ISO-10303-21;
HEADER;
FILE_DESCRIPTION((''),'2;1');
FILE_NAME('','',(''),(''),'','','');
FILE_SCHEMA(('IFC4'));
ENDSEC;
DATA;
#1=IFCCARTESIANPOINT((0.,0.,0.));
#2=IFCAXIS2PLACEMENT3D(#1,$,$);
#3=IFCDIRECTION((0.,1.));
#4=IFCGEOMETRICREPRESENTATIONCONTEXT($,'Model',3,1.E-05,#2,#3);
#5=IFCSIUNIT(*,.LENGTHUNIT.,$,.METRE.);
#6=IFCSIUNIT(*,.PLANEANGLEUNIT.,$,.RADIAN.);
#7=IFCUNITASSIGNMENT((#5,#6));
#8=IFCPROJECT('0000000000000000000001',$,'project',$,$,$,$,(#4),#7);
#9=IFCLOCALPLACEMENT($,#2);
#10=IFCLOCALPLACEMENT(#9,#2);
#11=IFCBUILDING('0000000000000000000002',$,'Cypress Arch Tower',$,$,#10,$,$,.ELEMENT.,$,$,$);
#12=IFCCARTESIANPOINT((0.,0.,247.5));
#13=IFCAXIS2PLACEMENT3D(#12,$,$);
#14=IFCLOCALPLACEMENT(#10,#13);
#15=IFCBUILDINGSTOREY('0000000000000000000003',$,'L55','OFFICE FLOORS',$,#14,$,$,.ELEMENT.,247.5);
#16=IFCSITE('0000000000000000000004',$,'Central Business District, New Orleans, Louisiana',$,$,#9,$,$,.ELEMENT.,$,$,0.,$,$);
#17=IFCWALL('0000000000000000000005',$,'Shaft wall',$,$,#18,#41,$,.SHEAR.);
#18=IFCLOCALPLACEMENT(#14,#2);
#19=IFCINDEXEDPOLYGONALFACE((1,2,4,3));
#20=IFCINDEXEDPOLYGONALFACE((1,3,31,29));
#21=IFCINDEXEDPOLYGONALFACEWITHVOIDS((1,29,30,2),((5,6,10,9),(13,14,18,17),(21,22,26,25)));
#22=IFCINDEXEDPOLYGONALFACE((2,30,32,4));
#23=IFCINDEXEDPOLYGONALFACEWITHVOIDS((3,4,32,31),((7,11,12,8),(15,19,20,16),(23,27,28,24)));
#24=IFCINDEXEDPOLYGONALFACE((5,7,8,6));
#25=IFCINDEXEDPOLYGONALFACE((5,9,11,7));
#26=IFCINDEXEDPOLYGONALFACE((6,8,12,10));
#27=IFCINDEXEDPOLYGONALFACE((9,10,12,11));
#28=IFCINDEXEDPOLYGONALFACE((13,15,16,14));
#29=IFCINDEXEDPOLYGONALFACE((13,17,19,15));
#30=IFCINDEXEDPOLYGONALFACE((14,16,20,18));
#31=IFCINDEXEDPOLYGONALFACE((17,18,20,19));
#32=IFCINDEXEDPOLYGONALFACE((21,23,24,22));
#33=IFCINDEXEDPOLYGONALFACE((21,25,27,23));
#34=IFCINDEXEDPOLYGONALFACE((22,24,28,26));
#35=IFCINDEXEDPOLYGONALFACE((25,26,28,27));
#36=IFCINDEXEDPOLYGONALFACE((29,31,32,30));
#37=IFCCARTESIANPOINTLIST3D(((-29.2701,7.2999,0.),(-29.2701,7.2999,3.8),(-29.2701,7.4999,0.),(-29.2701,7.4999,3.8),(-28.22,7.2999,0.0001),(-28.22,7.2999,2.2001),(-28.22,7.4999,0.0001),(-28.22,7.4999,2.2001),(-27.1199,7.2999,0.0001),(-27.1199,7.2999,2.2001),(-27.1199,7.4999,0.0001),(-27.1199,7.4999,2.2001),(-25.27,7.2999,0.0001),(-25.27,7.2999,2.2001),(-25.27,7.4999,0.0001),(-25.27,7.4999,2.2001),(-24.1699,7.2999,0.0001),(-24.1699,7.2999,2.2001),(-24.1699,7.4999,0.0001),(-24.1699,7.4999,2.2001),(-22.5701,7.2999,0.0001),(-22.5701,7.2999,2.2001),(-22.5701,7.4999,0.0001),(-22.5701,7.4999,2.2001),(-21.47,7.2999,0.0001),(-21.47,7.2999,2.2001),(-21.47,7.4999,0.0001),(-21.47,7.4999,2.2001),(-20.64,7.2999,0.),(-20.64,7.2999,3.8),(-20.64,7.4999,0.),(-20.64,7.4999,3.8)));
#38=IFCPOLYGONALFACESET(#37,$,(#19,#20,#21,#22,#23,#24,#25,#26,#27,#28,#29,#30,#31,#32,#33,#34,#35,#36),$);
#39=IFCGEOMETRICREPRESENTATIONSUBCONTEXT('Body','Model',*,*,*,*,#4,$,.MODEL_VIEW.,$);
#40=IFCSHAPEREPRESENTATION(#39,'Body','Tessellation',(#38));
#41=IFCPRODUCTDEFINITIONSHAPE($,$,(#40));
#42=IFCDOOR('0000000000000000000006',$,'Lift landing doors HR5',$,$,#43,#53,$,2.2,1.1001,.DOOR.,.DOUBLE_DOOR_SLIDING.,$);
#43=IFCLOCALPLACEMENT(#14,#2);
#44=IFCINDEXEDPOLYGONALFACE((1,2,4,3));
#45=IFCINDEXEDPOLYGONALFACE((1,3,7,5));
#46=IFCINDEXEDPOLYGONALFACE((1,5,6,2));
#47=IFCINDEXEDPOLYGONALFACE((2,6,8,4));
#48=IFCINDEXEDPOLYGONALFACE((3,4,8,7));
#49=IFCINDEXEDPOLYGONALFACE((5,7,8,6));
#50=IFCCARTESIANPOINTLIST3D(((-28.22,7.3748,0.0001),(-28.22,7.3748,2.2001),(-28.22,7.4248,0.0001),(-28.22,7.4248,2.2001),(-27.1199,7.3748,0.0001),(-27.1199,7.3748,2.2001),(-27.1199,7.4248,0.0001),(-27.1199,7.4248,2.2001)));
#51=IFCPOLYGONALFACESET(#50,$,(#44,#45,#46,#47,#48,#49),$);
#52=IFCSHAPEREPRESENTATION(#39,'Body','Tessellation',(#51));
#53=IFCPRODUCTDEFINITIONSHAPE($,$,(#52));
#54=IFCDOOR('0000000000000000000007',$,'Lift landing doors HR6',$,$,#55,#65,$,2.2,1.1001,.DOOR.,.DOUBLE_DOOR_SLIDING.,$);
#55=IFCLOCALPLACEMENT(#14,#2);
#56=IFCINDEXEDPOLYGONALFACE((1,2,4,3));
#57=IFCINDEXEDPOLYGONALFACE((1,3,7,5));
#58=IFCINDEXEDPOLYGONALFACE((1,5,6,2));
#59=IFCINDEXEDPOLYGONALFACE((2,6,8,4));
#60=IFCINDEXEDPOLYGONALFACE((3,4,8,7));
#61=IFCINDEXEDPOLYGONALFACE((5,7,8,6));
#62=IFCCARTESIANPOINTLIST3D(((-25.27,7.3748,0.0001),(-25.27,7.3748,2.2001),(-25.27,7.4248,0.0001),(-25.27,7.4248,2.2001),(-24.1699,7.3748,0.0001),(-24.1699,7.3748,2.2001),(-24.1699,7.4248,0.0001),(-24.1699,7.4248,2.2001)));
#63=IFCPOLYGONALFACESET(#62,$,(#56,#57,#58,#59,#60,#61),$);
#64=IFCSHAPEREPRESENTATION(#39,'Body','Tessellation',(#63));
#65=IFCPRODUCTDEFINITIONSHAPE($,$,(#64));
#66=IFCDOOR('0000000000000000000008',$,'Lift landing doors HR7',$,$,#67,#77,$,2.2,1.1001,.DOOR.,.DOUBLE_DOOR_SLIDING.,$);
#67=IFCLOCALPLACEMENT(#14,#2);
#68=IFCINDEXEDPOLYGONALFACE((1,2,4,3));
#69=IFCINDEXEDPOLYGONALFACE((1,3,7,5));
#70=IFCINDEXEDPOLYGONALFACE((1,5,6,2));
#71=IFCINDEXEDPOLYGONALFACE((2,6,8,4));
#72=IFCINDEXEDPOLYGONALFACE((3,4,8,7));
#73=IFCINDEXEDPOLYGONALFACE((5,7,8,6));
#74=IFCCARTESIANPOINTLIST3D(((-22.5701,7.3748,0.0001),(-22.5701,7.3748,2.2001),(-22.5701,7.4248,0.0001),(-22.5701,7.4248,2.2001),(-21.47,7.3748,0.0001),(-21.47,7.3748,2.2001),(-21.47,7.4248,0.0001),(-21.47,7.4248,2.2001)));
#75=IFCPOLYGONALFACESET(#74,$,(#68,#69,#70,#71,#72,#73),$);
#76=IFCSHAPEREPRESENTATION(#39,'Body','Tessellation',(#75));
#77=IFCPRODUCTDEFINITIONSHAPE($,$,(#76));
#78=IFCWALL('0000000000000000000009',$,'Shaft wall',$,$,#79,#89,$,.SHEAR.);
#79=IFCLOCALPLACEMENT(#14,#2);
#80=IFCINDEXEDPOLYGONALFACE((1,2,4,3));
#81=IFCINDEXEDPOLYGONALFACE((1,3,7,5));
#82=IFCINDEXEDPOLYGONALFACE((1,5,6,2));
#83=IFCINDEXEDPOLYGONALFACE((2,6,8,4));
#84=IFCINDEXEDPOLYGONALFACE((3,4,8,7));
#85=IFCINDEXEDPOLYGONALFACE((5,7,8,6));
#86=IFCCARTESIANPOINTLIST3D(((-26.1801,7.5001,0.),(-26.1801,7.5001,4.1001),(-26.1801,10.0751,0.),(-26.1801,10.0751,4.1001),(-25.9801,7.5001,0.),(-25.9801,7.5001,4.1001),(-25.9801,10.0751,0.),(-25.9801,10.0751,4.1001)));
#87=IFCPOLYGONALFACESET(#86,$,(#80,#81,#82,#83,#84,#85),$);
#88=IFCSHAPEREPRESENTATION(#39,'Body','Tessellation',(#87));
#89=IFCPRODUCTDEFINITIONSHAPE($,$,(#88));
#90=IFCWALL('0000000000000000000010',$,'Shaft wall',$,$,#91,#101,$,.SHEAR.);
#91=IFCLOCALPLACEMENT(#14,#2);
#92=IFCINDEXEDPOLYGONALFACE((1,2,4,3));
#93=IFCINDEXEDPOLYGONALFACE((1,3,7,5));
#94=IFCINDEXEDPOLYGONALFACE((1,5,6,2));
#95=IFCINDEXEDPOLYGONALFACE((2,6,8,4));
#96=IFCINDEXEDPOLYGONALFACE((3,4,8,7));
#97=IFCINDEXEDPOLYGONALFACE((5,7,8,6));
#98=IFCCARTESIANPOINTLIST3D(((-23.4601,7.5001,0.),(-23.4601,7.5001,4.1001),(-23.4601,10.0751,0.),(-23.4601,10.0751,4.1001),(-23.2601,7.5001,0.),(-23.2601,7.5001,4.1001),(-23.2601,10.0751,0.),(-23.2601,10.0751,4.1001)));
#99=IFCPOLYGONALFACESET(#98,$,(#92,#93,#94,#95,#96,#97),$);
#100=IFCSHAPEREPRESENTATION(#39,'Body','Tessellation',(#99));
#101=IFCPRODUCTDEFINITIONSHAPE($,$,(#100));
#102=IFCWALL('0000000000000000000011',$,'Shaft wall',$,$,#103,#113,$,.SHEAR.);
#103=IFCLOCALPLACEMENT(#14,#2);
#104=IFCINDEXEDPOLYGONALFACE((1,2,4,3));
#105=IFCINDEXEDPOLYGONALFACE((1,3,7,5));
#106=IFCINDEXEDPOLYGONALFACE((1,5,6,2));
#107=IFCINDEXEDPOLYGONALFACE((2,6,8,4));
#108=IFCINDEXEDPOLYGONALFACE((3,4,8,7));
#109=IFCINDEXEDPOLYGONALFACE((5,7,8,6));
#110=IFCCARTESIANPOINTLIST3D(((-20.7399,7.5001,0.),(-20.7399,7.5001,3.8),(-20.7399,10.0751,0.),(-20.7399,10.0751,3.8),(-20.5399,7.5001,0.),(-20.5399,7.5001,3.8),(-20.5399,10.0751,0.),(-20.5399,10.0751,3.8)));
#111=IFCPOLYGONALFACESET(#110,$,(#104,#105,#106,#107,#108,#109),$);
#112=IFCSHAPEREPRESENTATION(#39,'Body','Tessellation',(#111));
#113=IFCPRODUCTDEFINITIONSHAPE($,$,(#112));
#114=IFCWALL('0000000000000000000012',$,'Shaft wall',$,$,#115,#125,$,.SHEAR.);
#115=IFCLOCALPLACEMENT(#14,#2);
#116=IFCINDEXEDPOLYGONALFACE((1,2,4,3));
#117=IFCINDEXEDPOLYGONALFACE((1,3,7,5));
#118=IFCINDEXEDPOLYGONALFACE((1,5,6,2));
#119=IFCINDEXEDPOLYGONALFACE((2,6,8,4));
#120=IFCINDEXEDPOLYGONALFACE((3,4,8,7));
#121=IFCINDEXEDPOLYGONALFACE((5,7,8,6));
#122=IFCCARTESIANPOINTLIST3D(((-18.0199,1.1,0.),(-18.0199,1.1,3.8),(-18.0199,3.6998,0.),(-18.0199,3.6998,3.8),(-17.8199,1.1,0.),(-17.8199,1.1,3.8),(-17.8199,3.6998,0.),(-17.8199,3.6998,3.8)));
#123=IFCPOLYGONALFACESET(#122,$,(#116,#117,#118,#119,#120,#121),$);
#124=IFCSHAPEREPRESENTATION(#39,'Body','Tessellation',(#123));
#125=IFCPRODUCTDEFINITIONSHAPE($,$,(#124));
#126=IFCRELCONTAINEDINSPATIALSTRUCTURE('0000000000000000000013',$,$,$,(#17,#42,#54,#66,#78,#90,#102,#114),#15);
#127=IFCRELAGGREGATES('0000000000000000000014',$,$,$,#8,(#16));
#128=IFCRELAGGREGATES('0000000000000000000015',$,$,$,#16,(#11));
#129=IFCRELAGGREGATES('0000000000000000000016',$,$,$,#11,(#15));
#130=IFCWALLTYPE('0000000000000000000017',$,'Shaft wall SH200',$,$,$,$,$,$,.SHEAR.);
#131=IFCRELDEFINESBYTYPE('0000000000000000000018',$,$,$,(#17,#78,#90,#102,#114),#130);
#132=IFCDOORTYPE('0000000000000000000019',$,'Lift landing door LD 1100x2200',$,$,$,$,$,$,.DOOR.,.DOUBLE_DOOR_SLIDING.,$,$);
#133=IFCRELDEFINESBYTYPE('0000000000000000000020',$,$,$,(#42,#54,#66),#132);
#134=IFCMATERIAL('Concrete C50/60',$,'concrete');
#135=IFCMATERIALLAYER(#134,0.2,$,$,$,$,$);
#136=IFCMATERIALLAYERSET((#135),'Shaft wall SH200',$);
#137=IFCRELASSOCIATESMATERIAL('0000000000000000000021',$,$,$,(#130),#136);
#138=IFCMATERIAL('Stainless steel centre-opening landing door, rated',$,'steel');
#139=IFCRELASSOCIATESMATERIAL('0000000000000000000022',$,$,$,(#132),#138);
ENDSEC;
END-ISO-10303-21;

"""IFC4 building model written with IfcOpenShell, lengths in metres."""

from ifc_helpers import new_model, si_unit, direction, frame, frame_2d, origin, place, context, subcontext, project, spatial, rectangle, extrude, material, layer, layer_set, type_object, element, fill, save


model = new_model("IFC4")

# Units and contexts
model_context = context("Model", 3, precision=1e-05, world=origin(), true_north=direction((0.0, 1.0)))
body_context = subcontext(model_context, "Body", "Model", "MODEL_VIEW")
ifc_project = project(units=[si_unit("LENGTHUNIT", "METRE"), si_unit("PLANEANGLEUNIT", "RADIAN")], contexts=[model_context])

# Site, building, storey
site_placement = place(None, origin())
site = spatial("IfcSite", under=ifc_project, at=site_placement, Name="Central Business District, New Orleans, Louisiana", CompositionType="ELEMENT", RefElevation=0.0)
building_placement = place(site_placement, origin())
building = spatial("IfcBuilding", under=site, at=building_placement, Name="Cypress Arch Tower", CompositionType="ELEMENT")
storey_placement = place(building_placement, frame((0.0, 0.0, 247.5)))
storey = spatial("IfcBuildingStorey", under=building, at=storey_placement, Name="L55", Description="OFFICE FLOORS", CompositionType="ELEMENT", Elevation=247.5)

# Wall, openings, doors
ifc_material_1 = material(Name="Concrete C50/60", Category="concrete")
ifc_layer_1 = layer(ifc_material_1, 0.2)
ifc_layer_set_1 = layer_set([ifc_layer_1], Name="Shaft wall SH200")
wall_type_1 = type_object("IfcWallType", Name="Shaft wall SH200", PredefinedType="SHEAR", material=ifc_layer_set_1)
wall_1_placement = place(storey_placement, frame((-29.27, 7.3999, 0.0), z_axis=(0.0, 0.0, 1.0), x_axis=(1.0, 0.0, 0.0)))
wall_1 = element("IfcWall", 1, at=wall_1_placement, inside=storey, type_object=wall_type_1, Name="Shaft wall", PredefinedType="SHEAR", context=body_context, shape_type="SweptSolid", body=[
    extrude(rectangle(XDim=8.6301, YDim=0.2, at=frame_2d((4.3149, 0.0))), origin(), (0.0, 0.0, 1.0), 3.8),
])
opening_1_placement = place(wall_1_placement, frame((1.05, 0.0, 0.0)))
opening_1 = element("IfcOpeningElement", 2, at=opening_1_placement, cuts=wall_1, PredefinedType="OPENING", context=body_context, shape_type="SweptSolid", body=[
    extrude(rectangle(XDim=1.1001, YDim=2.2, at=frame_2d((0.55, 1.1001))), frame((0.0, 0.1099, 0.0), z_axis=(0.0, -1.0, 0.0), x_axis=(1.0, 0.0, 0.0)), (0.0, 0.0, 1.0), 0.22),
])
opening_2_placement = place(wall_1_placement, frame((4.0, 0.0, 0.0)))
opening_2 = element("IfcOpeningElement", 3, at=opening_2_placement, cuts=wall_1, PredefinedType="OPENING", context=body_context, shape_type="SweptSolid", body=[
    extrude(rectangle(XDim=1.1001, YDim=2.2, at=frame_2d((0.55, 1.1001))), frame((0.0, 0.1099, 0.0), z_axis=(0.0, -1.0, 0.0), x_axis=(1.0, 0.0, 0.0)), (0.0, 0.0, 1.0), 0.22),
])
opening_3_placement = place(wall_1_placement, frame((6.7, 0.0, 0.0)))
opening_3 = element("IfcOpeningElement", 4, at=opening_3_placement, cuts=wall_1, PredefinedType="OPENING", context=body_context, shape_type="SweptSolid", body=[
    extrude(rectangle(XDim=1.1001, YDim=2.2, at=frame_2d((0.55, 1.1001))), frame((0.0, 0.1099, 0.0), z_axis=(0.0, -1.0, 0.0), x_axis=(1.0, 0.0, 0.0)), (0.0, 0.0, 1.0), 0.22),
])
ifc_material_2 = material(Name="Stainless steel centre-opening landing door, rated", Category="steel")
door_type_1 = type_object("IfcDoorType", Name="Lift landing door LD 1100x2200", OperationType="DOUBLE_DOOR_SLIDING", PredefinedType="DOOR", material=ifc_material_2)
door_1_placement = place(opening_1_placement, origin())
door_1 = element("IfcDoor", 5, at=door_1_placement, inside=storey, type_object=door_type_1, Name="Lift landing doors HR5", OperationType="DOUBLE_DOOR_SLIDING", OverallHeight=2.2, OverallWidth=1.1001, PredefinedType="DOOR", context=body_context, shape_type="SweptSolid", body=[
    extrude(rectangle(XDim=1.1001, YDim=2.2, at=frame_2d((0.55, 1.1001))), frame((0.0, 0.0249, 0.0), z_axis=(0.0, -1.0, 0.0), x_axis=(1.0, 0.0, 0.0)), (0.0, 0.0, 1.0), 0.05),
])
fill(opening_1, door_1)
door_2_placement = place(opening_2_placement, origin())
door_2 = element("IfcDoor", 6, at=door_2_placement, inside=storey, type_object=door_type_1, Name="Lift landing doors HR6", OperationType="DOUBLE_DOOR_SLIDING", OverallHeight=2.2, OverallWidth=1.1001, PredefinedType="DOOR", context=body_context, shape_type="SweptSolid", body=[
    extrude(rectangle(XDim=1.1001, YDim=2.2, at=frame_2d((0.55, 1.1001))), frame((0.0, 0.0249, 0.0), z_axis=(0.0, -1.0, 0.0), x_axis=(1.0, 0.0, 0.0)), (0.0, 0.0, 1.0), 0.05),
])
fill(opening_2, door_2)
door_3_placement = place(opening_3_placement, origin())
door_3 = element("IfcDoor", 7, at=door_3_placement, inside=storey, type_object=door_type_1, Name="Lift landing doors HR7", OperationType="DOUBLE_DOOR_SLIDING", OverallHeight=2.2, OverallWidth=1.1001, PredefinedType="DOOR", context=body_context, shape_type="SweptSolid", body=[
    extrude(rectangle(XDim=1.1001, YDim=2.2, at=frame_2d((0.55, 1.1001))), frame((0.0, 0.0249, 0.0), z_axis=(0.0, -1.0, 0.0), x_axis=(1.0, 0.0, 0.0)), (0.0, 0.0, 1.0), 0.05),
])
fill(opening_3, door_3)

# Walls
for number, where, z_axis, x_axis, name in (
    (8, (-26.0801, 7.5, 0.0), (0.0, 0.0, 1.0), (0.0, 1.0, 0.0), "Shaft wall"),
    (9, (-23.3601, 7.5, 0.0), (0.0, 0.0, 1.0), (0.0, 1.0, 0.0), "Shaft wall"),
):
    element("IfcWall", number, at=place(storey_placement, frame(where, z_axis=z_axis, x_axis=x_axis)), inside=storey, type_object=wall_type_1, Name=name, PredefinedType="SHEAR", context=body_context, shape_type="SweptSolid", body=[
        extrude(rectangle(XDim=2.575, YDim=0.2, at=frame_2d((1.2876, 0.0))), origin(), (0.0, 0.0, 1.0), 4.1001),
    ])
wall_2_placement = place(storey_placement, frame((-20.6399, 7.5, 0.0), z_axis=(0.0, 0.0, 1.0), x_axis=(0.0, 1.0, 0.0)))
element("IfcWall", 10, at=wall_2_placement, inside=storey, type_object=wall_type_1, Name="Shaft wall", PredefinedType="SHEAR", context=body_context, shape_type="SweptSolid", body=[
    extrude(rectangle(XDim=2.575, YDim=0.2, at=frame_2d((1.2876, 0.0))), origin(), (0.0, 0.0, 1.0), 3.8),
])
wall_3_placement = place(storey_placement, frame((-17.9199, 1.1001, 0.0), z_axis=(0.0, 0.0, 1.0), x_axis=(0.0, 1.0, 0.0)))
element("IfcWall", 11, at=wall_3_placement, inside=storey, type_object=wall_type_1, Name="Shaft wall", PredefinedType="SHEAR", context=body_context, shape_type="SweptSolid", body=[
    extrude(rectangle(XDim=2.5999, YDim=0.2, at=frame_2d((1.2998, 0.0))), origin(), (0.0, 0.0, 1.0), 3.8),
])

save(model, "model.ifc")
